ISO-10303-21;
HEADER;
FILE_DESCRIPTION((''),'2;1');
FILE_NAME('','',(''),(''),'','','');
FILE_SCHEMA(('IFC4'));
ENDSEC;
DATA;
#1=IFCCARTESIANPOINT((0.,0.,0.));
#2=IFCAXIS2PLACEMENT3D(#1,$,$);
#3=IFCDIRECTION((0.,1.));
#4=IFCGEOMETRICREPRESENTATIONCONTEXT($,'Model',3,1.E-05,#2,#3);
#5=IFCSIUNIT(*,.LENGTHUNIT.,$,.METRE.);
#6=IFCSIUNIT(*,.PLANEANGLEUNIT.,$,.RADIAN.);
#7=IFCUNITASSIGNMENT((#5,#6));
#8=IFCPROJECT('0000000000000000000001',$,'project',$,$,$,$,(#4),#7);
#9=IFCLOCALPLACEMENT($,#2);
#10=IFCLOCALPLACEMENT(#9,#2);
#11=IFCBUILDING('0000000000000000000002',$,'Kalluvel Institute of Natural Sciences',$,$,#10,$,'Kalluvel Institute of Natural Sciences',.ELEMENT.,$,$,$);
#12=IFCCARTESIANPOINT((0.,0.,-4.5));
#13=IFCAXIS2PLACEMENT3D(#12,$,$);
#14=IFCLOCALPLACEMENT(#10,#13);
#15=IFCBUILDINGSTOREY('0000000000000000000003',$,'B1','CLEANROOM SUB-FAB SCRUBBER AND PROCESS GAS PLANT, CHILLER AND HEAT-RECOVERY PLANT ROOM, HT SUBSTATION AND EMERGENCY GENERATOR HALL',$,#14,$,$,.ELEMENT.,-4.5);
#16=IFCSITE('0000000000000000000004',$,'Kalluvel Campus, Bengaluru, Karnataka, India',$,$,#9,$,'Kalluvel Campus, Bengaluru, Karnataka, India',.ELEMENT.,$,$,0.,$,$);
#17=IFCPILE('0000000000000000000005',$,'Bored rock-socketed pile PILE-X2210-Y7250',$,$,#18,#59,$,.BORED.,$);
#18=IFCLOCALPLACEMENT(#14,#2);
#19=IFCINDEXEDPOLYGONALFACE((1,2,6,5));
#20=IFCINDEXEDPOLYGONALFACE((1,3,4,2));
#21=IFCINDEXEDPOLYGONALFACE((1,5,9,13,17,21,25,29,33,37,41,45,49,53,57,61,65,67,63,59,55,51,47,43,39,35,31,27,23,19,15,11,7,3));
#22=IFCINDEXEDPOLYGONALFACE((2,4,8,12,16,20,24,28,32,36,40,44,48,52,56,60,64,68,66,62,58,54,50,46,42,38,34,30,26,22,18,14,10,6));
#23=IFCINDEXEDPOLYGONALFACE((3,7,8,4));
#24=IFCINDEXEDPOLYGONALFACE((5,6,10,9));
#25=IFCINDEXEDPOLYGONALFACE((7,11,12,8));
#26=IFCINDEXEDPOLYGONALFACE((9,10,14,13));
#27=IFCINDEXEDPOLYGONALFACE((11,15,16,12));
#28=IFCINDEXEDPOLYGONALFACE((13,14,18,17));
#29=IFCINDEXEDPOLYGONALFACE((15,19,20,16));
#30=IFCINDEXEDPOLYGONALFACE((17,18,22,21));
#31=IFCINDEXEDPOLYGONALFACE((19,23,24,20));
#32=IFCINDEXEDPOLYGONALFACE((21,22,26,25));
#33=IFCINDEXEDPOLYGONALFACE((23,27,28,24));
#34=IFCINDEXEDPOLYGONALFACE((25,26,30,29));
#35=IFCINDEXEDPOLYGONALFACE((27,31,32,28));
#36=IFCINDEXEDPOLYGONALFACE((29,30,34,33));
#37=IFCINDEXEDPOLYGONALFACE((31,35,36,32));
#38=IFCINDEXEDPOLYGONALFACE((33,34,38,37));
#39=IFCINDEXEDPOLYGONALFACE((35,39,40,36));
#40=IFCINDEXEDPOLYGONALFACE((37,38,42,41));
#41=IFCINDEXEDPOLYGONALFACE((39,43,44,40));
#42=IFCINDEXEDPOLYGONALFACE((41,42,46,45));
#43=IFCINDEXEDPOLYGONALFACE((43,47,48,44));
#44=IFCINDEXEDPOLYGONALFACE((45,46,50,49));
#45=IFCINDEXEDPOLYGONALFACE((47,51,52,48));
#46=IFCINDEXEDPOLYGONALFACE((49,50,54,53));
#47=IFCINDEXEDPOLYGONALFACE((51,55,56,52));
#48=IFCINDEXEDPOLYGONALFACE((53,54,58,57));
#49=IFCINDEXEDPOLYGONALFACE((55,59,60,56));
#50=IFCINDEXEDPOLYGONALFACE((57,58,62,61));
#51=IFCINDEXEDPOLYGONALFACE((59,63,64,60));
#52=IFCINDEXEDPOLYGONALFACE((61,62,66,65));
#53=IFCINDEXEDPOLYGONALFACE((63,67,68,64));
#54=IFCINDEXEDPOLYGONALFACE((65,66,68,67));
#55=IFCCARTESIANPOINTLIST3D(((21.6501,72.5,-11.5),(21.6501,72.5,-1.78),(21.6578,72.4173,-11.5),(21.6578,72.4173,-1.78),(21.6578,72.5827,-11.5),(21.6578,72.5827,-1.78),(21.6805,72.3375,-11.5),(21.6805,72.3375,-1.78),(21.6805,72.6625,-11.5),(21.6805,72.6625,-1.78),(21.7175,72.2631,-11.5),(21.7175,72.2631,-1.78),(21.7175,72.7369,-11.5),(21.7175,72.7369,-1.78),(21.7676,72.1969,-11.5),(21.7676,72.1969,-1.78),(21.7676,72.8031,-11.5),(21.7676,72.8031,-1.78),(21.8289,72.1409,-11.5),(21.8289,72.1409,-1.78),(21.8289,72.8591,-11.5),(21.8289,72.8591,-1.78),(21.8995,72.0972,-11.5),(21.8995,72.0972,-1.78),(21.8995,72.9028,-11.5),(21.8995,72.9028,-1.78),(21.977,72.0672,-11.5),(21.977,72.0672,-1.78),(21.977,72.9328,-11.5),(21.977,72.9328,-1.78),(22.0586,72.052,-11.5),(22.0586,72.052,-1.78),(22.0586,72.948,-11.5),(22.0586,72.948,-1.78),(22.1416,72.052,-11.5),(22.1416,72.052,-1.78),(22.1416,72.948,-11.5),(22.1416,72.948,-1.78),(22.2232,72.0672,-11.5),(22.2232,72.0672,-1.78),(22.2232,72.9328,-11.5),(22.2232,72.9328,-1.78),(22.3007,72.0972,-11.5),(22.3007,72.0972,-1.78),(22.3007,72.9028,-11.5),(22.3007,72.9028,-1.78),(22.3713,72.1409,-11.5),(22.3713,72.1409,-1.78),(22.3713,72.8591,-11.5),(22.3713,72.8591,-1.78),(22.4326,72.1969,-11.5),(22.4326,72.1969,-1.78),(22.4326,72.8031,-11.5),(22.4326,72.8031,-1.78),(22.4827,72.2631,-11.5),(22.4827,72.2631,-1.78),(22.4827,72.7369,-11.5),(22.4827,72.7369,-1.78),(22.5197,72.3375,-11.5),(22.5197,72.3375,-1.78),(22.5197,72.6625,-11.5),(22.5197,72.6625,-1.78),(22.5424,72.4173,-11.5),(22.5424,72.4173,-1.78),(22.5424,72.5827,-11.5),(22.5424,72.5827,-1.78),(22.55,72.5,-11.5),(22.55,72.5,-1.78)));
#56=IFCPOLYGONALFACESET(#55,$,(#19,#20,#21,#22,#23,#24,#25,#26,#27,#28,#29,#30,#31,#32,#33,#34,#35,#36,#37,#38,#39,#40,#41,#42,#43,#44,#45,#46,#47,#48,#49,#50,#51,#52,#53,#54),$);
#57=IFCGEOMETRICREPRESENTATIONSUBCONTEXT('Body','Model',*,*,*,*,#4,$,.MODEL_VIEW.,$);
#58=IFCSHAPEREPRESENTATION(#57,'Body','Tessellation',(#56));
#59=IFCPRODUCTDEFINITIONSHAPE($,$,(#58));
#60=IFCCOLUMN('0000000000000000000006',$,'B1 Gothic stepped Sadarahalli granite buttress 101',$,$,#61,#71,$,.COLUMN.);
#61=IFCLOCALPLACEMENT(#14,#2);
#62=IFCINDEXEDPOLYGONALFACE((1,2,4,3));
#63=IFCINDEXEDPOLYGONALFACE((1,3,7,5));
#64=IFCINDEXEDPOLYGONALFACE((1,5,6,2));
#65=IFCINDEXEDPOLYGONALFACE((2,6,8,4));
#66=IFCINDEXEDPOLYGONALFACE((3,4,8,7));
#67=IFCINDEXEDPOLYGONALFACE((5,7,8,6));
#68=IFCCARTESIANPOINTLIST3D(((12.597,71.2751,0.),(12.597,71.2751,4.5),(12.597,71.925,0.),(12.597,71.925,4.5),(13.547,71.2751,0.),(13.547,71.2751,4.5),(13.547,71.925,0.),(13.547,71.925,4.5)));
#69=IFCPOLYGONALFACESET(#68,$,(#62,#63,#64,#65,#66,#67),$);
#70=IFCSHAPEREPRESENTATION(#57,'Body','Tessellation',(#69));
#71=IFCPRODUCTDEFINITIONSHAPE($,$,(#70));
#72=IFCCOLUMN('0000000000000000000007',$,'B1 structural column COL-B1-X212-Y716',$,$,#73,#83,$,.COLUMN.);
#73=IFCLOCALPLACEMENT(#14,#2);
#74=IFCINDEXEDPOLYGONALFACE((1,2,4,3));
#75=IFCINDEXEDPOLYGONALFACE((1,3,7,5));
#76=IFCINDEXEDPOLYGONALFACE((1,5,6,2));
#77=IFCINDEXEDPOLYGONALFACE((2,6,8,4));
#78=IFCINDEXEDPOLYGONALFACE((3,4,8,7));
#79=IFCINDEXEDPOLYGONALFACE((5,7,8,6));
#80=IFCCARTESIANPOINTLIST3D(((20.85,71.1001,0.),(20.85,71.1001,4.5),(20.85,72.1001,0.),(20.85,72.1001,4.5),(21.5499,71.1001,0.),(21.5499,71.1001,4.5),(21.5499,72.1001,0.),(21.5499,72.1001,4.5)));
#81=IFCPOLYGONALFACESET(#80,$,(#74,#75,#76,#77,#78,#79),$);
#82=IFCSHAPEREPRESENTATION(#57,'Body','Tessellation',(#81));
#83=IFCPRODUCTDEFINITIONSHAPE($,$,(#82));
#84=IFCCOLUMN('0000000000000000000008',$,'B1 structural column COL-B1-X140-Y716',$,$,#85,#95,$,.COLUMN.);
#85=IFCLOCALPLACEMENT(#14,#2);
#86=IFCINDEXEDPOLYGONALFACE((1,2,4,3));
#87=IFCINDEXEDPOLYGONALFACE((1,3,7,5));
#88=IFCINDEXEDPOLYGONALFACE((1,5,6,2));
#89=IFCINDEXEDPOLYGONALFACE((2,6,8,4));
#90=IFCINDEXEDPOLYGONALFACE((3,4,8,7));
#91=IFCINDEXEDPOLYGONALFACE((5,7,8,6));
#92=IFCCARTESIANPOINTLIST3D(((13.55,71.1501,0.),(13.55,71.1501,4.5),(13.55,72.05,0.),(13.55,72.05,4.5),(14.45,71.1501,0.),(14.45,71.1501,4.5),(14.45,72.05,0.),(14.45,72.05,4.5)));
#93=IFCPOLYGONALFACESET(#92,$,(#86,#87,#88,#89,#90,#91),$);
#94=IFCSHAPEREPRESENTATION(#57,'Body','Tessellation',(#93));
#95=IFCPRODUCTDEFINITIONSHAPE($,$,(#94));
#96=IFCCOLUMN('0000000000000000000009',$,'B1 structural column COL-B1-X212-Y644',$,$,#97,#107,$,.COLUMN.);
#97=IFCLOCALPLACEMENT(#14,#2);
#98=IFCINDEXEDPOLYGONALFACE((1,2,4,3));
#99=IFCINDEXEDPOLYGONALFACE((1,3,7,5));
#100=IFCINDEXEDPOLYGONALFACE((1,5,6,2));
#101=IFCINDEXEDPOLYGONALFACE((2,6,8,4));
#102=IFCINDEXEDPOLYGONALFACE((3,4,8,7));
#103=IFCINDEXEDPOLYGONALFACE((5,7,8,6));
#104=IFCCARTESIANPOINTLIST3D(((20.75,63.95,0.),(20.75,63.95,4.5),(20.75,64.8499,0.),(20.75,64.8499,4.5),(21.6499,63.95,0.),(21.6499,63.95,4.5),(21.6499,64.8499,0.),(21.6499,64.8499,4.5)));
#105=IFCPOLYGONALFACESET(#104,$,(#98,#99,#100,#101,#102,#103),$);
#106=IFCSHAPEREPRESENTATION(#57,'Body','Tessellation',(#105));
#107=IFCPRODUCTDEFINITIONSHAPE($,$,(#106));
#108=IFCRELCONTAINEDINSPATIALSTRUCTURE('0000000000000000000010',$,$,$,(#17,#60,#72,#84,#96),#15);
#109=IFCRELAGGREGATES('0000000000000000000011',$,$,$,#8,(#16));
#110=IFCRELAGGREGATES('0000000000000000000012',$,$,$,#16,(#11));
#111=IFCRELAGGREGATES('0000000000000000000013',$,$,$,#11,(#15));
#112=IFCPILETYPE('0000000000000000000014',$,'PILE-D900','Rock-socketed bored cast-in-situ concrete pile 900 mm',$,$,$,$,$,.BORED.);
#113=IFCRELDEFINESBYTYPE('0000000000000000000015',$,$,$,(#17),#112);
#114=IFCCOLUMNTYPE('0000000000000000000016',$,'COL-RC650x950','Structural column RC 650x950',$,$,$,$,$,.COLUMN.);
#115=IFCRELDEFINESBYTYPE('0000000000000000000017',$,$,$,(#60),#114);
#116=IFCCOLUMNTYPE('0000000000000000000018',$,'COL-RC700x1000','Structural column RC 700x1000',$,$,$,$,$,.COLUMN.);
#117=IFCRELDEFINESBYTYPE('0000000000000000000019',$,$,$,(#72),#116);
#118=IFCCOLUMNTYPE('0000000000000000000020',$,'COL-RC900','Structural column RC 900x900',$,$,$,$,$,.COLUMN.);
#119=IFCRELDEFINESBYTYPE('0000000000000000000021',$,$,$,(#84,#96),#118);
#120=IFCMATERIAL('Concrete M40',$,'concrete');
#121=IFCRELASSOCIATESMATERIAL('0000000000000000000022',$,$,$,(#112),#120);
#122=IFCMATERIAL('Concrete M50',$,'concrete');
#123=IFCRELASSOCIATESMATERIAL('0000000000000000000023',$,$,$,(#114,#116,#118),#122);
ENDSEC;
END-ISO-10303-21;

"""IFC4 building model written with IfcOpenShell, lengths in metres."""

from ifc_helpers import new_model, si_unit, direction, frame, origin, origin_2d, place, context, subcontext, project, spatial, rectangle, circle, extrude, material, material_profile, profile_set, type_object, element, save


model = new_model("IFC4")

# Units and contexts
model_context = context("Model", 3, precision=1e-05, world=origin(), true_north=direction((0.0, 1.0)))
body_context = subcontext(model_context, "Body", "Model", "MODEL_VIEW")
ifc_project = project(units=[si_unit("LENGTHUNIT", "METRE"), si_unit("PLANEANGLEUNIT", "RADIAN")], contexts=[model_context])

# Site, building, storey
site_placement = place(None, origin())
site = spatial("IfcSite", under=ifc_project, at=site_placement, Name="Kalluvel Campus, Bengaluru, Karnataka, India", LongName="Kalluvel Campus, Bengaluru, Karnataka, India", CompositionType="ELEMENT", RefElevation=0.0)
building_placement = place(site_placement, origin())
building = spatial("IfcBuilding", under=site, at=building_placement, Name="Kalluvel Institute of Natural Sciences", LongName="Kalluvel Institute of Natural Sciences", CompositionType="ELEMENT")
storey_placement = place(building_placement, frame((0.0, 0.0, -4.5)))
storey = spatial("IfcBuildingStorey", under=building, at=storey_placement, Name="B1", Description="CLEANROOM SUB-FAB SCRUBBER AND PROCESS GAS PLANT, CHILLER AND HEAT-RECOVERY PLANT ROOM, HT SUBSTATION AND EMERGENCY GENERATOR HALL", CompositionType="ELEMENT", Elevation=-4.5)

# Shared definitions
ifc_material_1 = material(Name="Concrete M40", Category="concrete")

# Pile
ifc_material_profile_1 = material_profile(ifc_material_1, circle(Radius=0.45, at=origin_2d()), Name="PILE D900")
ifc_profile_set_1 = profile_set([ifc_material_profile_1], Name="Concrete M40")
pile_type_1 = type_object("IfcPileType", Name="PILE-D900", Description="Rock-socketed bored cast-in-situ concrete pile 900 mm", PredefinedType="BORED", material=ifc_profile_set_1)
for number, where, z_axis, x_axis, name in (
    (1, (22.1001, 72.5, -1.78), (0.0, 0.0, -1.0), (1.0, 0.0, 0.0), "Bored rock-socketed pile PILE-X2210-Y7250"),
):
    element("IfcPile", number, at=place(storey_placement, frame(where, z_axis=z_axis, x_axis=x_axis)), inside=storey, type_object=pile_type_1, Name=name, PredefinedType="BORED", context=body_context, shape_type="SweptSolid", body=[
        extrude(circle(Radius=0.45, at=origin_2d()), origin(), (0.0, 0.0, 1.0), 9.72),
    ])

# Columns
ifc_material_2 = material(Name="Concrete M50", Category="concrete")
ifc_material_profile_2 = material_profile(ifc_material_2, rectangle(XDim=0.6499, YDim=0.95, at=origin_2d()), Name="RC 650x950")
ifc_profile_set_2 = profile_set([ifc_material_profile_2], Name="Concrete M50")
column_type_1 = type_object("IfcColumnType", Name="COL-RC650x950", Description="Structural column RC 650x950", PredefinedType="COLUMN", material=ifc_profile_set_2)
column_1_placement = place(storey_placement, frame((13.072, 71.6001, 0.0), z_axis=(0.0, 0.0, 1.0), x_axis=(0.0, 1.0, 0.0)))
element("IfcColumn", 2, at=column_1_placement, inside=storey, type_object=column_type_1, Name="B1 Gothic stepped Sadarahalli granite buttress 101", PredefinedType="COLUMN", context=body_context, shape_type="SweptSolid", body=[
    extrude(rectangle(XDim=0.6499, YDim=0.95, at=origin_2d()), origin(), (0.0, 0.0, 1.0), 4.5),
])
ifc_material_profile_3 = material_profile(ifc_material_2, rectangle(XDim=0.7, YDim=1.0, at=origin_2d()), Name="RC 700x1000")
ifc_profile_set_3 = profile_set([ifc_material_profile_3], Name="Concrete M50")
column_type_2 = type_object("IfcColumnType", Name="COL-RC700x1000", Description="Structural column RC 700x1000", PredefinedType="COLUMN", material=ifc_profile_set_3)
column_2_placement = place(storey_placement, frame((21.2, 71.6001, 0.0), z_axis=(0.0, 0.0, 1.0), x_axis=(1.0, 0.0, 0.0)))
element("IfcColumn", 3, at=column_2_placement, inside=storey, type_object=column_type_2, Name="B1 structural column COL-B1-X212-Y716", PredefinedType="COLUMN", context=body_context, shape_type="SweptSolid", body=[
    extrude(rectangle(XDim=0.7, YDim=1.0, at=origin_2d()), origin(), (0.0, 0.0, 1.0), 4.5),
])
ifc_material_profile_4 = material_profile(ifc_material_2, rectangle(XDim=0.8999, YDim=0.8999, at=origin_2d()), Name="RC 900x900")
ifc_profile_set_4 = profile_set([ifc_material_profile_4], Name="Concrete M50")
column_type_3 = type_object("IfcColumnType", Name="COL-RC900", Description="Structural column RC 900x900", PredefinedType="COLUMN", material=ifc_profile_set_4)
for number, where, z_axis, x_axis, name in (
    (4, (14.0, 71.6001, 0.0), (0.0, 0.0, 1.0), (1.0, 0.0, 0.0), "B1 structural column COL-B1-X140-Y716"),
    (5, (21.2, 64.3999, 0.0), (0.0, 0.0, 1.0), (1.0, 0.0, 0.0), "B1 structural column COL-B1-X212-Y644"),
):
    element("IfcColumn", number, at=place(storey_placement, frame(where, z_axis=z_axis, x_axis=x_axis)), inside=storey, type_object=column_type_3, Name=name, PredefinedType="COLUMN", context=body_context, shape_type="SweptSolid", body=[
        extrude(rectangle(XDim=0.8999, YDim=0.8999, at=origin_2d()), origin(), (0.0, 0.0, 1.0), 4.5),
    ])

save(model, "model.ifc")
